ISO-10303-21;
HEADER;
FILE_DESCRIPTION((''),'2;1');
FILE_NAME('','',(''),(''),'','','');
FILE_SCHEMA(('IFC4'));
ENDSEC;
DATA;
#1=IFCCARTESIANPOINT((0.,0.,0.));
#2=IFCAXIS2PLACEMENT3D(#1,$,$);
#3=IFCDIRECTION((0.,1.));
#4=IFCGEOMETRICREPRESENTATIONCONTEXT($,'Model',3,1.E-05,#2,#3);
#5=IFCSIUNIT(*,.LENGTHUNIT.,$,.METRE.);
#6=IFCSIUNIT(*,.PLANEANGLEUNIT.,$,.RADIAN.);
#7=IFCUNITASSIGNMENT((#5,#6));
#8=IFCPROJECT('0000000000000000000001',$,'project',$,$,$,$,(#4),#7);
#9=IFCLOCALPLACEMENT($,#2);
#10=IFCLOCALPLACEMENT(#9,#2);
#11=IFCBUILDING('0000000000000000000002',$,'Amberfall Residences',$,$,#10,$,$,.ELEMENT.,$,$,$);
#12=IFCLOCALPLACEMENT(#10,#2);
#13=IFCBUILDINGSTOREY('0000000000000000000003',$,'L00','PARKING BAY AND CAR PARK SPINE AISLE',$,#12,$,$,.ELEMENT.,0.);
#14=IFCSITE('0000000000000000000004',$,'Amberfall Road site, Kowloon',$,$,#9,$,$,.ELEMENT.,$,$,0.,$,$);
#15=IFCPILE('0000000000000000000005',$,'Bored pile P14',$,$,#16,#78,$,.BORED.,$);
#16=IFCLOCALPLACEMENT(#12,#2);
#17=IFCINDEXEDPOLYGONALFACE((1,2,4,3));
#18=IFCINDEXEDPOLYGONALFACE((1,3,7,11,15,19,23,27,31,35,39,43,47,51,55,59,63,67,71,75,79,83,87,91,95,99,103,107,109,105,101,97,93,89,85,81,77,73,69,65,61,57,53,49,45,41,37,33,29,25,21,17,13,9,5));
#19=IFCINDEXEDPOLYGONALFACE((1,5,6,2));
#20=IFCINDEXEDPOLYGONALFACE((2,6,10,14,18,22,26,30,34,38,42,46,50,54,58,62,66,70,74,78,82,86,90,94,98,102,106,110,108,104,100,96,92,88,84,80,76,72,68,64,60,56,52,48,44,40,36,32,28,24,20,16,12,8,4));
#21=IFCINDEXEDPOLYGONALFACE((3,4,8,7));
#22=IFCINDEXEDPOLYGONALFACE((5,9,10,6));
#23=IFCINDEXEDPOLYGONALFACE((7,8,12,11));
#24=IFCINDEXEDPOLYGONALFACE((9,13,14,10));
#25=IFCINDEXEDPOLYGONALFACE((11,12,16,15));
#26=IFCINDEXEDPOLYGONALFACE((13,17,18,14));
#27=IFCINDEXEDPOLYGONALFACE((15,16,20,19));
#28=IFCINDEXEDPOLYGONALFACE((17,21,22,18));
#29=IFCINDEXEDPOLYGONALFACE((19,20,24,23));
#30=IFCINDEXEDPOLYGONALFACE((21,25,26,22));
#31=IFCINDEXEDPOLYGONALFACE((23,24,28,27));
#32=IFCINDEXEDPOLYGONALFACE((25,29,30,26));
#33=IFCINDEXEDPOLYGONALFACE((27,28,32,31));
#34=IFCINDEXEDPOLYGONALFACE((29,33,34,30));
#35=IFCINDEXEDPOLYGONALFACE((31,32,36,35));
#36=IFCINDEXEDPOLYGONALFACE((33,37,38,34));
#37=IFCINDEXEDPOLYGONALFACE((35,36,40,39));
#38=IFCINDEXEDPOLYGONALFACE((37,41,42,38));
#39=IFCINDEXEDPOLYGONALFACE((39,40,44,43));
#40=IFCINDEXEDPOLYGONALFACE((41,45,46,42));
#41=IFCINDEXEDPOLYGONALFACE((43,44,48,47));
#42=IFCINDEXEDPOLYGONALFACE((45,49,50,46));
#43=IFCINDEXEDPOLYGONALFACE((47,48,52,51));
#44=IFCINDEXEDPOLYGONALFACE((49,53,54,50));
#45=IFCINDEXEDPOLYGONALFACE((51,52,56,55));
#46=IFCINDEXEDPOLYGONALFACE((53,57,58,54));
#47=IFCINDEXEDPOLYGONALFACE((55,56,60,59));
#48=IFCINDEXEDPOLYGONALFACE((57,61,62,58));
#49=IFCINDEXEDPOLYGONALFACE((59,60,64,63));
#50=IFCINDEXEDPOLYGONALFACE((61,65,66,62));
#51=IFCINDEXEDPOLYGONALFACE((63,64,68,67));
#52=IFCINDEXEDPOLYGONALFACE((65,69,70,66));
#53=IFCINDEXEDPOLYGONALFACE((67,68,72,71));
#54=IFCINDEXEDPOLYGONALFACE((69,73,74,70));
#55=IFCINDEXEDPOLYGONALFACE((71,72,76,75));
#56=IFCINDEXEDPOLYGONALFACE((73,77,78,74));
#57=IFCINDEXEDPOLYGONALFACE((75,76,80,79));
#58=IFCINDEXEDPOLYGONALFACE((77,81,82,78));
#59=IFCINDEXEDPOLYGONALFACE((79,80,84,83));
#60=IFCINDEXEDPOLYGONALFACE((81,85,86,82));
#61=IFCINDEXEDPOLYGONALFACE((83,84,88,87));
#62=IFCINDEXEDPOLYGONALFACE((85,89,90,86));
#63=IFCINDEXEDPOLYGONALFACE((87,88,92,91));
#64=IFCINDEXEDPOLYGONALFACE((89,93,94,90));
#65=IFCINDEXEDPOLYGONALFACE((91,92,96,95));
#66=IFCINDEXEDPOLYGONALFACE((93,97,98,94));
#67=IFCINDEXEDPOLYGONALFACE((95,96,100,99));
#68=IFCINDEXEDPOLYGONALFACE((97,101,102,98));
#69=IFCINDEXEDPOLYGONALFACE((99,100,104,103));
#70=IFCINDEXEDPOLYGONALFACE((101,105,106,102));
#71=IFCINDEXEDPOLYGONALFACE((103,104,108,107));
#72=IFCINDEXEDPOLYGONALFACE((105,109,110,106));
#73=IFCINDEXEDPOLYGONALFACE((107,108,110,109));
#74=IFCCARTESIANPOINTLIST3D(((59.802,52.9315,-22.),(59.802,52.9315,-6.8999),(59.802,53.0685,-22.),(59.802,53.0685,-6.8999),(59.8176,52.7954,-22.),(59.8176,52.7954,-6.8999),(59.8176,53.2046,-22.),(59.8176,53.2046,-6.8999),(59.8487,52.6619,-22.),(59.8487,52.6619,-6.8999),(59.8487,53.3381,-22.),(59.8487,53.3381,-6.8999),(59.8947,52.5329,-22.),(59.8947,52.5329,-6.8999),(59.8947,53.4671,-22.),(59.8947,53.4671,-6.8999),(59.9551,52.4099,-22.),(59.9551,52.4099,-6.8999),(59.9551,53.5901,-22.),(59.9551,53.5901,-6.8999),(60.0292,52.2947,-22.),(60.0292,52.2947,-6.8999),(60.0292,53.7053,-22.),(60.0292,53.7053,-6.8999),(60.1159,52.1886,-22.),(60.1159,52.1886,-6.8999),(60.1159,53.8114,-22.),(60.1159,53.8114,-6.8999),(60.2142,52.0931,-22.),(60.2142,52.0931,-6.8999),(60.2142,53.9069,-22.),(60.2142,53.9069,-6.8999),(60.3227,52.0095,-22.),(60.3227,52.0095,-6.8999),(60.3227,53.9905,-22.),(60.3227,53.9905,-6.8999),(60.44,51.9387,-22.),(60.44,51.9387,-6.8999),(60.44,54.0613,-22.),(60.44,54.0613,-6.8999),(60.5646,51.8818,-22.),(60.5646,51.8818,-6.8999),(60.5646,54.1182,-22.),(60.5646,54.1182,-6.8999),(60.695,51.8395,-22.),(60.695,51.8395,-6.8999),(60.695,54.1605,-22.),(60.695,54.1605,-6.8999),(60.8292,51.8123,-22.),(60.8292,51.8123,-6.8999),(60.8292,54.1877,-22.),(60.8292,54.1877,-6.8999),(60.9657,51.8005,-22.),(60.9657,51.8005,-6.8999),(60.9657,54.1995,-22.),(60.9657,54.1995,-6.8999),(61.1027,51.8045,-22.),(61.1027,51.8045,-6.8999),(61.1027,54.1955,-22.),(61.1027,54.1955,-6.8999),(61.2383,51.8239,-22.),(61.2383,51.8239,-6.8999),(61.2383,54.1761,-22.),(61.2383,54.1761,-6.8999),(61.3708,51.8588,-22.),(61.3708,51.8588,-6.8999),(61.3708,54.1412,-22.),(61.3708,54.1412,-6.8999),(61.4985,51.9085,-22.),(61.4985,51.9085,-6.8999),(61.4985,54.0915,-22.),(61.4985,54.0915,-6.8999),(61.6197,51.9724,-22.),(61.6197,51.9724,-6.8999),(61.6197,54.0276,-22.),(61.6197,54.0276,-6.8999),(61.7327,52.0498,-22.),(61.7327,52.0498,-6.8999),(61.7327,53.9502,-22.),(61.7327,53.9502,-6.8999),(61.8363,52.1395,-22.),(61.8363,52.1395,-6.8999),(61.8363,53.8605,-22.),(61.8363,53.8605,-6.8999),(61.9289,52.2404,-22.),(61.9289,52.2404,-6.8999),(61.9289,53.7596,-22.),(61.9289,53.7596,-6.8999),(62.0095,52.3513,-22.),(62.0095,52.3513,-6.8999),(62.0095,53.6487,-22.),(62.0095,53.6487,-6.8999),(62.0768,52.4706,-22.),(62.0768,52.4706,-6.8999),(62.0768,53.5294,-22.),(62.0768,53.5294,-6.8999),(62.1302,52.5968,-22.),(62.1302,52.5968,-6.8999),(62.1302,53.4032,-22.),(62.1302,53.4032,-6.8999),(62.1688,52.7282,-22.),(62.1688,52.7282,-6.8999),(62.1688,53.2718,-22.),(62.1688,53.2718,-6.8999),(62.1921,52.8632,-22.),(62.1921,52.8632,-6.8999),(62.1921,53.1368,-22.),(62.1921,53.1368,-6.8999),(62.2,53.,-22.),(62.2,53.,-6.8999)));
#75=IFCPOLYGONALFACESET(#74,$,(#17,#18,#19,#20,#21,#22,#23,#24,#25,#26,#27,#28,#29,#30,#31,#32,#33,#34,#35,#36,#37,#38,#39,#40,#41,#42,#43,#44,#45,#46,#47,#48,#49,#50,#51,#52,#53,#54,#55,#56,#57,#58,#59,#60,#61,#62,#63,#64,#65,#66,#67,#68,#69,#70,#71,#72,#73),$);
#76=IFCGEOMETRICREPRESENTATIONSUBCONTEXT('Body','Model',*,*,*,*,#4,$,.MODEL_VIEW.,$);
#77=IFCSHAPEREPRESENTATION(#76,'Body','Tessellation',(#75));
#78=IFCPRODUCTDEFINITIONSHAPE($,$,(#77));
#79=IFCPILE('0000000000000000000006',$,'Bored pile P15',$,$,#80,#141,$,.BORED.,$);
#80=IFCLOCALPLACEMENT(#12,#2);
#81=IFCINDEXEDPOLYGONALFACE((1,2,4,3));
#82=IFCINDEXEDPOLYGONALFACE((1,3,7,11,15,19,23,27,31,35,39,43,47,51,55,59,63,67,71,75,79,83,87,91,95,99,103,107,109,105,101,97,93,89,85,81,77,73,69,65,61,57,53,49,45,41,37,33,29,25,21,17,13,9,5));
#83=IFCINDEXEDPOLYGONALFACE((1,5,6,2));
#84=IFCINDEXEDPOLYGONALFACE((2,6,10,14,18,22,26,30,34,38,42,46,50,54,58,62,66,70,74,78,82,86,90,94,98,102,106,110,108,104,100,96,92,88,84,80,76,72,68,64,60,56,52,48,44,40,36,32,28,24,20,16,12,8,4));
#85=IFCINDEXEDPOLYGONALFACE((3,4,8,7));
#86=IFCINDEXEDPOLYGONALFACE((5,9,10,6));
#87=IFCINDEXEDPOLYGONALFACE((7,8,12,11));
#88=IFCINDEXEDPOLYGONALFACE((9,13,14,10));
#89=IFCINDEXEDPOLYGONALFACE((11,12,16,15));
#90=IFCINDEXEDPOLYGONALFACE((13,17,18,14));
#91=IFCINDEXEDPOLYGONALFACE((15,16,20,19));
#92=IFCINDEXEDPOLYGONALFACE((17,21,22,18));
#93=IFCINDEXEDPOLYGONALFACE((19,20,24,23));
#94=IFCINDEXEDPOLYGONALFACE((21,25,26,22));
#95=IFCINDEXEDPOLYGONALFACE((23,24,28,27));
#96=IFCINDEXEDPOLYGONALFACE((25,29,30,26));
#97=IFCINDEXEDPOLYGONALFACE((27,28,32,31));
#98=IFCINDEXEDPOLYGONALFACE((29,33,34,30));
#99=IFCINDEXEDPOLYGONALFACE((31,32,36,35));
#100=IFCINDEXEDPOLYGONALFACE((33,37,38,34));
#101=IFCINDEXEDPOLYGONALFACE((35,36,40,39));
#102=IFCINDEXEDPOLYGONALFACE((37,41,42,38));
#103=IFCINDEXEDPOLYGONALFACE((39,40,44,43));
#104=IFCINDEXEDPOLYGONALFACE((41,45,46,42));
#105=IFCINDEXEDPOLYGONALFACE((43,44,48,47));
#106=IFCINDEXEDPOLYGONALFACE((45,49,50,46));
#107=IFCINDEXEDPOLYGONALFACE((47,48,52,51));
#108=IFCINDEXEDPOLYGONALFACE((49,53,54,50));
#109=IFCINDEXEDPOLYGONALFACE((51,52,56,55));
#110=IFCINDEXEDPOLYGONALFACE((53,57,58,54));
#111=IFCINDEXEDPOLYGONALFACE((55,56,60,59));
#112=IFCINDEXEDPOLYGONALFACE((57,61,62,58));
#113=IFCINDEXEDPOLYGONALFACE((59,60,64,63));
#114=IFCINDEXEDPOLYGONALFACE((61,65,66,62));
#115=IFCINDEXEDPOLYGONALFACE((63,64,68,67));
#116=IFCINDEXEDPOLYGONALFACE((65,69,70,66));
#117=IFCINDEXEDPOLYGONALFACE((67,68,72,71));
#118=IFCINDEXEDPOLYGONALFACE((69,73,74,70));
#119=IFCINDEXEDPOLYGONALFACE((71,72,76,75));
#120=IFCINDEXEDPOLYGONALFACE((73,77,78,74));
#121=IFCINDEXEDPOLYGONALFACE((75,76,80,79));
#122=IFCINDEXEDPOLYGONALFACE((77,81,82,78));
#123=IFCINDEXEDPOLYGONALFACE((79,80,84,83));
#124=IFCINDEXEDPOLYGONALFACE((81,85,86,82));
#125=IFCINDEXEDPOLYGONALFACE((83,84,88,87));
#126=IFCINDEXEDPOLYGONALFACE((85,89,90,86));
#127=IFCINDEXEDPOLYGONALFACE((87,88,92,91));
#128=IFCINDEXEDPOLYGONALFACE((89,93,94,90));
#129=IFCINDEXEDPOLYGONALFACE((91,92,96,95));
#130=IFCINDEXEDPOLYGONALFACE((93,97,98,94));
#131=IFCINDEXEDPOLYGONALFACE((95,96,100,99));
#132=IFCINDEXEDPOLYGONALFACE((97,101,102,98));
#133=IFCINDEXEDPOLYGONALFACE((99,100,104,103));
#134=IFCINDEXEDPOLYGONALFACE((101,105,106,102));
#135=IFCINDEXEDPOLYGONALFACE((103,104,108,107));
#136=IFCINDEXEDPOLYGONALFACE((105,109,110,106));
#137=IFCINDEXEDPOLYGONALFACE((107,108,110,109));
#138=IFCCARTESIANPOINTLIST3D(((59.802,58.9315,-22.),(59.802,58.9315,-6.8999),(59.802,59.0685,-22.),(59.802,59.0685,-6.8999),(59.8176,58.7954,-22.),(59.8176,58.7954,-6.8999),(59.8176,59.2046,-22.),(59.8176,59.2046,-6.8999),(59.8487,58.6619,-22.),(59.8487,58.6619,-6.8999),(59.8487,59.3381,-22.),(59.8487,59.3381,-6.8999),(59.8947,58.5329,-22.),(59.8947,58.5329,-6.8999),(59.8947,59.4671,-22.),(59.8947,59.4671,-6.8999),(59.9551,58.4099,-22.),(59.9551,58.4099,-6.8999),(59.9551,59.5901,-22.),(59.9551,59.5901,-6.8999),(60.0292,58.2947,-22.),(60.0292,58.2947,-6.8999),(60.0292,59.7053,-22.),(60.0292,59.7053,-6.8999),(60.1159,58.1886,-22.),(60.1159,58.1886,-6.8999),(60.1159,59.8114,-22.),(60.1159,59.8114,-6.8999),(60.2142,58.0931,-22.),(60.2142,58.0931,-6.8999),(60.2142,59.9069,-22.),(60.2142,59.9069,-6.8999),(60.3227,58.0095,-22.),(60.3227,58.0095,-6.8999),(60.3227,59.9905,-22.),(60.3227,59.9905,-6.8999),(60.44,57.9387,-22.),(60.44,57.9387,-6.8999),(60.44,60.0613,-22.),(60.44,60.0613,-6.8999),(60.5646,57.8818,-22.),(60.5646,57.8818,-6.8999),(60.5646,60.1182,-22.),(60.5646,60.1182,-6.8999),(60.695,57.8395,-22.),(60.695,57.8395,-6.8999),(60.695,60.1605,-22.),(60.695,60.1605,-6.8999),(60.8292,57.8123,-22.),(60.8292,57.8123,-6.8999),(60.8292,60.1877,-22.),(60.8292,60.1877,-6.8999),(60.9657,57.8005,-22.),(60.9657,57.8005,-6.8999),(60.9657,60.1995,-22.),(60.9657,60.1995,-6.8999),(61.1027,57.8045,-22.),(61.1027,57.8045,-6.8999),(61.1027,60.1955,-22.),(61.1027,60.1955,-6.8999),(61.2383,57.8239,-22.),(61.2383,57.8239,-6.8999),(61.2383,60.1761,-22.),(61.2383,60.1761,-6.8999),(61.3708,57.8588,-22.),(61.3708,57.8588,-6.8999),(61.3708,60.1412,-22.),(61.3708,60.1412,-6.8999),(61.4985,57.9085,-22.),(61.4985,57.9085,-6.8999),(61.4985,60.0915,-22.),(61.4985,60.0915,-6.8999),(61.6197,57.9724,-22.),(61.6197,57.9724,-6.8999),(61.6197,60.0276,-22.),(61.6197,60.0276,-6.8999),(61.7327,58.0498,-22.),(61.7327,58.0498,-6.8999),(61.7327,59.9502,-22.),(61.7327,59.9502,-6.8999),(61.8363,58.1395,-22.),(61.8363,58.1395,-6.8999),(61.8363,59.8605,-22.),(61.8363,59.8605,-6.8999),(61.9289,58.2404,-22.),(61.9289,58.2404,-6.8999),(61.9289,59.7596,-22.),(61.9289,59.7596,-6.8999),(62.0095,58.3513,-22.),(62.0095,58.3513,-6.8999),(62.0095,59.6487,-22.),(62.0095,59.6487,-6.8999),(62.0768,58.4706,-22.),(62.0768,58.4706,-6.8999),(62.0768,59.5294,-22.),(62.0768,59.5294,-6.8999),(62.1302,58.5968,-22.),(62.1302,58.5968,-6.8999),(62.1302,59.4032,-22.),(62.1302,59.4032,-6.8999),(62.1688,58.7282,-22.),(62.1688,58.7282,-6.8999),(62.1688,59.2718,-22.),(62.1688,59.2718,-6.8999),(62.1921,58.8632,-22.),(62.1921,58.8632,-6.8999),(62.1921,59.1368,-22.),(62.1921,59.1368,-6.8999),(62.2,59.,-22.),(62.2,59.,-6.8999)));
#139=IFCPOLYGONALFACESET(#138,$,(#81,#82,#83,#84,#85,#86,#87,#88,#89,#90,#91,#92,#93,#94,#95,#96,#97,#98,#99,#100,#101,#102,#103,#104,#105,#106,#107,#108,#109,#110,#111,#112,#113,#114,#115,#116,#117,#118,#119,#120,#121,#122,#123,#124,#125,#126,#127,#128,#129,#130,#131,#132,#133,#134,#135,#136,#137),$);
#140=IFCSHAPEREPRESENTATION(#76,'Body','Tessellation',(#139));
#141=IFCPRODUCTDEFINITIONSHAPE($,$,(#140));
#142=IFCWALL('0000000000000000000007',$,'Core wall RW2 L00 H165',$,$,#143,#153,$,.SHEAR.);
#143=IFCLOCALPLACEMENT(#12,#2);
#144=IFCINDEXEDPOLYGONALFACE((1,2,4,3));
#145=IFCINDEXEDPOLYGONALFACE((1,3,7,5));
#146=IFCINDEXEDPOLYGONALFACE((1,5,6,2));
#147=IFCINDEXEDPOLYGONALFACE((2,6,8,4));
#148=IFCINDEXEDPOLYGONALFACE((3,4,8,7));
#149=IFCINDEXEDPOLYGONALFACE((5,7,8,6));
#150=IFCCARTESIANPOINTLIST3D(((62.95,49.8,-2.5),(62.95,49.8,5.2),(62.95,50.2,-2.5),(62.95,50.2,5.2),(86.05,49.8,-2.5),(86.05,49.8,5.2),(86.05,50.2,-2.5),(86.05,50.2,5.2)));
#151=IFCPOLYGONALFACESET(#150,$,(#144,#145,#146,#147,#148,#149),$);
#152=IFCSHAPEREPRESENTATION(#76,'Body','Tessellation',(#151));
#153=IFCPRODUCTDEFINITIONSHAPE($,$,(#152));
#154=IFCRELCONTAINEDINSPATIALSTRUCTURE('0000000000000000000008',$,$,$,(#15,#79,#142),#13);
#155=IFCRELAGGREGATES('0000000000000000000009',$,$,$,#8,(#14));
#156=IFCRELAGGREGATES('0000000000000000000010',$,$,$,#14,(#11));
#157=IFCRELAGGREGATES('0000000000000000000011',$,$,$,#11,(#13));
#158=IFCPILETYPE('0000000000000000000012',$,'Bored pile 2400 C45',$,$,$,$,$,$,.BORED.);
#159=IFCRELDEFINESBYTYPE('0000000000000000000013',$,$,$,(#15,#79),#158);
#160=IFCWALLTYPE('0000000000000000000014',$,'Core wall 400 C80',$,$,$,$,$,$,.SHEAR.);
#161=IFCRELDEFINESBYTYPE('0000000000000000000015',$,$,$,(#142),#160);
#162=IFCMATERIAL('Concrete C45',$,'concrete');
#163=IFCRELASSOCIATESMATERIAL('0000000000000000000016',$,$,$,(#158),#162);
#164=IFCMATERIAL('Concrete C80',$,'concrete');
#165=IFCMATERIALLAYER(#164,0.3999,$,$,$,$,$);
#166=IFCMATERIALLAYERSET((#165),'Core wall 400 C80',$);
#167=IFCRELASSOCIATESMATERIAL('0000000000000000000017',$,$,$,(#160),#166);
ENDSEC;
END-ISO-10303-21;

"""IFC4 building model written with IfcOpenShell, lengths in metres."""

from ifc_helpers import new_model, si_unit, direction, frame, frame_2d, origin, origin_2d, place, context, subcontext, project, spatial, rectangle, circle, extrude, material, layer, layer_set, material_profile, profile_set, type_object, element, save


model = new_model("IFC4")

# Units and contexts
model_context = context("Model", 3, precision=1e-05, world=origin(), true_north=direction((0.0, 1.0)))
body_context = subcontext(model_context, "Body", "Model", "MODEL_VIEW")
ifc_project = project(units=[si_unit("LENGTHUNIT", "METRE"), si_unit("PLANEANGLEUNIT", "RADIAN")], contexts=[model_context])

# Site, building, storey
site_placement = place(None, origin())
site = spatial("IfcSite", under=ifc_project, at=site_placement, Name="Amberfall Road site, Kowloon", CompositionType="ELEMENT", RefElevation=0.0)
building_placement = place(site_placement, origin())
building = spatial("IfcBuilding", under=site, at=building_placement, Name="Amberfall Residences", CompositionType="ELEMENT")
storey_placement = place(building_placement, origin())
storey = spatial("IfcBuildingStorey", under=building, at=storey_placement, Name="L00", Description="PARKING BAY AND CAR PARK SPINE AISLE", CompositionType="ELEMENT", Elevation=0.0)

# Piles
ifc_material_1 = material(Name="Concrete C45", Category="concrete")
ifc_material_profile = material_profile(ifc_material_1, circle(Radius=1.2, at=origin_2d()), Name="Bored pile 2400 C45")
ifc_profile_set = profile_set([ifc_material_profile], Name="Concrete C45")
pile_type = type_object("IfcPileType", Name="Bored pile 2400 C45", PredefinedType="BORED", material=ifc_profile_set)
for number, where, z_axis, x_axis, name in (
    (1, (61.0, 53.0, -6.8999), (0.0, 0.0, -1.0), (1.0, 0.0, 0.0), "Bored pile P14"),
    (2, (61.0, 59.0, -6.8999), (0.0, 0.0, -1.0), (1.0, 0.0, 0.0), "Bored pile P15"),
):
    element("IfcPile", number, at=place(storey_placement, frame(where, z_axis=z_axis, x_axis=x_axis)), inside=storey, type_object=pile_type, Name=name, PredefinedType="BORED", context=body_context, shape_type="SweptSolid", body=[
        extrude(circle(Radius=1.2, at=origin_2d()), origin(), (0.0, 0.0, 1.0), 15.1001),
    ])

# Wall
ifc_material_2 = material(Name="Concrete C80", Category="concrete")
ifc_layer_1 = layer(ifc_material_2, 0.3999)
ifc_layer_set_1 = layer_set([ifc_layer_1], Name="Core wall 400 C80")
wall_type_1 = type_object("IfcWallType", Name="Core wall 400 C80", PredefinedType="SHEAR", material=ifc_layer_set_1)
wall_1_placement = place(storey_placement, frame((62.95, 50.0, -2.5), z_axis=(0.0, 0.0, 1.0), x_axis=(1.0, 0.0, 0.0)))
element("IfcWall", 3, at=wall_1_placement, inside=storey, type_object=wall_type_1, Name="Core wall RW2 L00 H165", PredefinedType="SHEAR", context=body_context, shape_type="SweptSolid", body=[
    extrude(rectangle(XDim=23.1001, YDim=0.3999, at=frame_2d((11.55, 0.0))), origin(), (0.0, 0.0, 1.0), 7.7),
])

save(model, "model.ifc")
